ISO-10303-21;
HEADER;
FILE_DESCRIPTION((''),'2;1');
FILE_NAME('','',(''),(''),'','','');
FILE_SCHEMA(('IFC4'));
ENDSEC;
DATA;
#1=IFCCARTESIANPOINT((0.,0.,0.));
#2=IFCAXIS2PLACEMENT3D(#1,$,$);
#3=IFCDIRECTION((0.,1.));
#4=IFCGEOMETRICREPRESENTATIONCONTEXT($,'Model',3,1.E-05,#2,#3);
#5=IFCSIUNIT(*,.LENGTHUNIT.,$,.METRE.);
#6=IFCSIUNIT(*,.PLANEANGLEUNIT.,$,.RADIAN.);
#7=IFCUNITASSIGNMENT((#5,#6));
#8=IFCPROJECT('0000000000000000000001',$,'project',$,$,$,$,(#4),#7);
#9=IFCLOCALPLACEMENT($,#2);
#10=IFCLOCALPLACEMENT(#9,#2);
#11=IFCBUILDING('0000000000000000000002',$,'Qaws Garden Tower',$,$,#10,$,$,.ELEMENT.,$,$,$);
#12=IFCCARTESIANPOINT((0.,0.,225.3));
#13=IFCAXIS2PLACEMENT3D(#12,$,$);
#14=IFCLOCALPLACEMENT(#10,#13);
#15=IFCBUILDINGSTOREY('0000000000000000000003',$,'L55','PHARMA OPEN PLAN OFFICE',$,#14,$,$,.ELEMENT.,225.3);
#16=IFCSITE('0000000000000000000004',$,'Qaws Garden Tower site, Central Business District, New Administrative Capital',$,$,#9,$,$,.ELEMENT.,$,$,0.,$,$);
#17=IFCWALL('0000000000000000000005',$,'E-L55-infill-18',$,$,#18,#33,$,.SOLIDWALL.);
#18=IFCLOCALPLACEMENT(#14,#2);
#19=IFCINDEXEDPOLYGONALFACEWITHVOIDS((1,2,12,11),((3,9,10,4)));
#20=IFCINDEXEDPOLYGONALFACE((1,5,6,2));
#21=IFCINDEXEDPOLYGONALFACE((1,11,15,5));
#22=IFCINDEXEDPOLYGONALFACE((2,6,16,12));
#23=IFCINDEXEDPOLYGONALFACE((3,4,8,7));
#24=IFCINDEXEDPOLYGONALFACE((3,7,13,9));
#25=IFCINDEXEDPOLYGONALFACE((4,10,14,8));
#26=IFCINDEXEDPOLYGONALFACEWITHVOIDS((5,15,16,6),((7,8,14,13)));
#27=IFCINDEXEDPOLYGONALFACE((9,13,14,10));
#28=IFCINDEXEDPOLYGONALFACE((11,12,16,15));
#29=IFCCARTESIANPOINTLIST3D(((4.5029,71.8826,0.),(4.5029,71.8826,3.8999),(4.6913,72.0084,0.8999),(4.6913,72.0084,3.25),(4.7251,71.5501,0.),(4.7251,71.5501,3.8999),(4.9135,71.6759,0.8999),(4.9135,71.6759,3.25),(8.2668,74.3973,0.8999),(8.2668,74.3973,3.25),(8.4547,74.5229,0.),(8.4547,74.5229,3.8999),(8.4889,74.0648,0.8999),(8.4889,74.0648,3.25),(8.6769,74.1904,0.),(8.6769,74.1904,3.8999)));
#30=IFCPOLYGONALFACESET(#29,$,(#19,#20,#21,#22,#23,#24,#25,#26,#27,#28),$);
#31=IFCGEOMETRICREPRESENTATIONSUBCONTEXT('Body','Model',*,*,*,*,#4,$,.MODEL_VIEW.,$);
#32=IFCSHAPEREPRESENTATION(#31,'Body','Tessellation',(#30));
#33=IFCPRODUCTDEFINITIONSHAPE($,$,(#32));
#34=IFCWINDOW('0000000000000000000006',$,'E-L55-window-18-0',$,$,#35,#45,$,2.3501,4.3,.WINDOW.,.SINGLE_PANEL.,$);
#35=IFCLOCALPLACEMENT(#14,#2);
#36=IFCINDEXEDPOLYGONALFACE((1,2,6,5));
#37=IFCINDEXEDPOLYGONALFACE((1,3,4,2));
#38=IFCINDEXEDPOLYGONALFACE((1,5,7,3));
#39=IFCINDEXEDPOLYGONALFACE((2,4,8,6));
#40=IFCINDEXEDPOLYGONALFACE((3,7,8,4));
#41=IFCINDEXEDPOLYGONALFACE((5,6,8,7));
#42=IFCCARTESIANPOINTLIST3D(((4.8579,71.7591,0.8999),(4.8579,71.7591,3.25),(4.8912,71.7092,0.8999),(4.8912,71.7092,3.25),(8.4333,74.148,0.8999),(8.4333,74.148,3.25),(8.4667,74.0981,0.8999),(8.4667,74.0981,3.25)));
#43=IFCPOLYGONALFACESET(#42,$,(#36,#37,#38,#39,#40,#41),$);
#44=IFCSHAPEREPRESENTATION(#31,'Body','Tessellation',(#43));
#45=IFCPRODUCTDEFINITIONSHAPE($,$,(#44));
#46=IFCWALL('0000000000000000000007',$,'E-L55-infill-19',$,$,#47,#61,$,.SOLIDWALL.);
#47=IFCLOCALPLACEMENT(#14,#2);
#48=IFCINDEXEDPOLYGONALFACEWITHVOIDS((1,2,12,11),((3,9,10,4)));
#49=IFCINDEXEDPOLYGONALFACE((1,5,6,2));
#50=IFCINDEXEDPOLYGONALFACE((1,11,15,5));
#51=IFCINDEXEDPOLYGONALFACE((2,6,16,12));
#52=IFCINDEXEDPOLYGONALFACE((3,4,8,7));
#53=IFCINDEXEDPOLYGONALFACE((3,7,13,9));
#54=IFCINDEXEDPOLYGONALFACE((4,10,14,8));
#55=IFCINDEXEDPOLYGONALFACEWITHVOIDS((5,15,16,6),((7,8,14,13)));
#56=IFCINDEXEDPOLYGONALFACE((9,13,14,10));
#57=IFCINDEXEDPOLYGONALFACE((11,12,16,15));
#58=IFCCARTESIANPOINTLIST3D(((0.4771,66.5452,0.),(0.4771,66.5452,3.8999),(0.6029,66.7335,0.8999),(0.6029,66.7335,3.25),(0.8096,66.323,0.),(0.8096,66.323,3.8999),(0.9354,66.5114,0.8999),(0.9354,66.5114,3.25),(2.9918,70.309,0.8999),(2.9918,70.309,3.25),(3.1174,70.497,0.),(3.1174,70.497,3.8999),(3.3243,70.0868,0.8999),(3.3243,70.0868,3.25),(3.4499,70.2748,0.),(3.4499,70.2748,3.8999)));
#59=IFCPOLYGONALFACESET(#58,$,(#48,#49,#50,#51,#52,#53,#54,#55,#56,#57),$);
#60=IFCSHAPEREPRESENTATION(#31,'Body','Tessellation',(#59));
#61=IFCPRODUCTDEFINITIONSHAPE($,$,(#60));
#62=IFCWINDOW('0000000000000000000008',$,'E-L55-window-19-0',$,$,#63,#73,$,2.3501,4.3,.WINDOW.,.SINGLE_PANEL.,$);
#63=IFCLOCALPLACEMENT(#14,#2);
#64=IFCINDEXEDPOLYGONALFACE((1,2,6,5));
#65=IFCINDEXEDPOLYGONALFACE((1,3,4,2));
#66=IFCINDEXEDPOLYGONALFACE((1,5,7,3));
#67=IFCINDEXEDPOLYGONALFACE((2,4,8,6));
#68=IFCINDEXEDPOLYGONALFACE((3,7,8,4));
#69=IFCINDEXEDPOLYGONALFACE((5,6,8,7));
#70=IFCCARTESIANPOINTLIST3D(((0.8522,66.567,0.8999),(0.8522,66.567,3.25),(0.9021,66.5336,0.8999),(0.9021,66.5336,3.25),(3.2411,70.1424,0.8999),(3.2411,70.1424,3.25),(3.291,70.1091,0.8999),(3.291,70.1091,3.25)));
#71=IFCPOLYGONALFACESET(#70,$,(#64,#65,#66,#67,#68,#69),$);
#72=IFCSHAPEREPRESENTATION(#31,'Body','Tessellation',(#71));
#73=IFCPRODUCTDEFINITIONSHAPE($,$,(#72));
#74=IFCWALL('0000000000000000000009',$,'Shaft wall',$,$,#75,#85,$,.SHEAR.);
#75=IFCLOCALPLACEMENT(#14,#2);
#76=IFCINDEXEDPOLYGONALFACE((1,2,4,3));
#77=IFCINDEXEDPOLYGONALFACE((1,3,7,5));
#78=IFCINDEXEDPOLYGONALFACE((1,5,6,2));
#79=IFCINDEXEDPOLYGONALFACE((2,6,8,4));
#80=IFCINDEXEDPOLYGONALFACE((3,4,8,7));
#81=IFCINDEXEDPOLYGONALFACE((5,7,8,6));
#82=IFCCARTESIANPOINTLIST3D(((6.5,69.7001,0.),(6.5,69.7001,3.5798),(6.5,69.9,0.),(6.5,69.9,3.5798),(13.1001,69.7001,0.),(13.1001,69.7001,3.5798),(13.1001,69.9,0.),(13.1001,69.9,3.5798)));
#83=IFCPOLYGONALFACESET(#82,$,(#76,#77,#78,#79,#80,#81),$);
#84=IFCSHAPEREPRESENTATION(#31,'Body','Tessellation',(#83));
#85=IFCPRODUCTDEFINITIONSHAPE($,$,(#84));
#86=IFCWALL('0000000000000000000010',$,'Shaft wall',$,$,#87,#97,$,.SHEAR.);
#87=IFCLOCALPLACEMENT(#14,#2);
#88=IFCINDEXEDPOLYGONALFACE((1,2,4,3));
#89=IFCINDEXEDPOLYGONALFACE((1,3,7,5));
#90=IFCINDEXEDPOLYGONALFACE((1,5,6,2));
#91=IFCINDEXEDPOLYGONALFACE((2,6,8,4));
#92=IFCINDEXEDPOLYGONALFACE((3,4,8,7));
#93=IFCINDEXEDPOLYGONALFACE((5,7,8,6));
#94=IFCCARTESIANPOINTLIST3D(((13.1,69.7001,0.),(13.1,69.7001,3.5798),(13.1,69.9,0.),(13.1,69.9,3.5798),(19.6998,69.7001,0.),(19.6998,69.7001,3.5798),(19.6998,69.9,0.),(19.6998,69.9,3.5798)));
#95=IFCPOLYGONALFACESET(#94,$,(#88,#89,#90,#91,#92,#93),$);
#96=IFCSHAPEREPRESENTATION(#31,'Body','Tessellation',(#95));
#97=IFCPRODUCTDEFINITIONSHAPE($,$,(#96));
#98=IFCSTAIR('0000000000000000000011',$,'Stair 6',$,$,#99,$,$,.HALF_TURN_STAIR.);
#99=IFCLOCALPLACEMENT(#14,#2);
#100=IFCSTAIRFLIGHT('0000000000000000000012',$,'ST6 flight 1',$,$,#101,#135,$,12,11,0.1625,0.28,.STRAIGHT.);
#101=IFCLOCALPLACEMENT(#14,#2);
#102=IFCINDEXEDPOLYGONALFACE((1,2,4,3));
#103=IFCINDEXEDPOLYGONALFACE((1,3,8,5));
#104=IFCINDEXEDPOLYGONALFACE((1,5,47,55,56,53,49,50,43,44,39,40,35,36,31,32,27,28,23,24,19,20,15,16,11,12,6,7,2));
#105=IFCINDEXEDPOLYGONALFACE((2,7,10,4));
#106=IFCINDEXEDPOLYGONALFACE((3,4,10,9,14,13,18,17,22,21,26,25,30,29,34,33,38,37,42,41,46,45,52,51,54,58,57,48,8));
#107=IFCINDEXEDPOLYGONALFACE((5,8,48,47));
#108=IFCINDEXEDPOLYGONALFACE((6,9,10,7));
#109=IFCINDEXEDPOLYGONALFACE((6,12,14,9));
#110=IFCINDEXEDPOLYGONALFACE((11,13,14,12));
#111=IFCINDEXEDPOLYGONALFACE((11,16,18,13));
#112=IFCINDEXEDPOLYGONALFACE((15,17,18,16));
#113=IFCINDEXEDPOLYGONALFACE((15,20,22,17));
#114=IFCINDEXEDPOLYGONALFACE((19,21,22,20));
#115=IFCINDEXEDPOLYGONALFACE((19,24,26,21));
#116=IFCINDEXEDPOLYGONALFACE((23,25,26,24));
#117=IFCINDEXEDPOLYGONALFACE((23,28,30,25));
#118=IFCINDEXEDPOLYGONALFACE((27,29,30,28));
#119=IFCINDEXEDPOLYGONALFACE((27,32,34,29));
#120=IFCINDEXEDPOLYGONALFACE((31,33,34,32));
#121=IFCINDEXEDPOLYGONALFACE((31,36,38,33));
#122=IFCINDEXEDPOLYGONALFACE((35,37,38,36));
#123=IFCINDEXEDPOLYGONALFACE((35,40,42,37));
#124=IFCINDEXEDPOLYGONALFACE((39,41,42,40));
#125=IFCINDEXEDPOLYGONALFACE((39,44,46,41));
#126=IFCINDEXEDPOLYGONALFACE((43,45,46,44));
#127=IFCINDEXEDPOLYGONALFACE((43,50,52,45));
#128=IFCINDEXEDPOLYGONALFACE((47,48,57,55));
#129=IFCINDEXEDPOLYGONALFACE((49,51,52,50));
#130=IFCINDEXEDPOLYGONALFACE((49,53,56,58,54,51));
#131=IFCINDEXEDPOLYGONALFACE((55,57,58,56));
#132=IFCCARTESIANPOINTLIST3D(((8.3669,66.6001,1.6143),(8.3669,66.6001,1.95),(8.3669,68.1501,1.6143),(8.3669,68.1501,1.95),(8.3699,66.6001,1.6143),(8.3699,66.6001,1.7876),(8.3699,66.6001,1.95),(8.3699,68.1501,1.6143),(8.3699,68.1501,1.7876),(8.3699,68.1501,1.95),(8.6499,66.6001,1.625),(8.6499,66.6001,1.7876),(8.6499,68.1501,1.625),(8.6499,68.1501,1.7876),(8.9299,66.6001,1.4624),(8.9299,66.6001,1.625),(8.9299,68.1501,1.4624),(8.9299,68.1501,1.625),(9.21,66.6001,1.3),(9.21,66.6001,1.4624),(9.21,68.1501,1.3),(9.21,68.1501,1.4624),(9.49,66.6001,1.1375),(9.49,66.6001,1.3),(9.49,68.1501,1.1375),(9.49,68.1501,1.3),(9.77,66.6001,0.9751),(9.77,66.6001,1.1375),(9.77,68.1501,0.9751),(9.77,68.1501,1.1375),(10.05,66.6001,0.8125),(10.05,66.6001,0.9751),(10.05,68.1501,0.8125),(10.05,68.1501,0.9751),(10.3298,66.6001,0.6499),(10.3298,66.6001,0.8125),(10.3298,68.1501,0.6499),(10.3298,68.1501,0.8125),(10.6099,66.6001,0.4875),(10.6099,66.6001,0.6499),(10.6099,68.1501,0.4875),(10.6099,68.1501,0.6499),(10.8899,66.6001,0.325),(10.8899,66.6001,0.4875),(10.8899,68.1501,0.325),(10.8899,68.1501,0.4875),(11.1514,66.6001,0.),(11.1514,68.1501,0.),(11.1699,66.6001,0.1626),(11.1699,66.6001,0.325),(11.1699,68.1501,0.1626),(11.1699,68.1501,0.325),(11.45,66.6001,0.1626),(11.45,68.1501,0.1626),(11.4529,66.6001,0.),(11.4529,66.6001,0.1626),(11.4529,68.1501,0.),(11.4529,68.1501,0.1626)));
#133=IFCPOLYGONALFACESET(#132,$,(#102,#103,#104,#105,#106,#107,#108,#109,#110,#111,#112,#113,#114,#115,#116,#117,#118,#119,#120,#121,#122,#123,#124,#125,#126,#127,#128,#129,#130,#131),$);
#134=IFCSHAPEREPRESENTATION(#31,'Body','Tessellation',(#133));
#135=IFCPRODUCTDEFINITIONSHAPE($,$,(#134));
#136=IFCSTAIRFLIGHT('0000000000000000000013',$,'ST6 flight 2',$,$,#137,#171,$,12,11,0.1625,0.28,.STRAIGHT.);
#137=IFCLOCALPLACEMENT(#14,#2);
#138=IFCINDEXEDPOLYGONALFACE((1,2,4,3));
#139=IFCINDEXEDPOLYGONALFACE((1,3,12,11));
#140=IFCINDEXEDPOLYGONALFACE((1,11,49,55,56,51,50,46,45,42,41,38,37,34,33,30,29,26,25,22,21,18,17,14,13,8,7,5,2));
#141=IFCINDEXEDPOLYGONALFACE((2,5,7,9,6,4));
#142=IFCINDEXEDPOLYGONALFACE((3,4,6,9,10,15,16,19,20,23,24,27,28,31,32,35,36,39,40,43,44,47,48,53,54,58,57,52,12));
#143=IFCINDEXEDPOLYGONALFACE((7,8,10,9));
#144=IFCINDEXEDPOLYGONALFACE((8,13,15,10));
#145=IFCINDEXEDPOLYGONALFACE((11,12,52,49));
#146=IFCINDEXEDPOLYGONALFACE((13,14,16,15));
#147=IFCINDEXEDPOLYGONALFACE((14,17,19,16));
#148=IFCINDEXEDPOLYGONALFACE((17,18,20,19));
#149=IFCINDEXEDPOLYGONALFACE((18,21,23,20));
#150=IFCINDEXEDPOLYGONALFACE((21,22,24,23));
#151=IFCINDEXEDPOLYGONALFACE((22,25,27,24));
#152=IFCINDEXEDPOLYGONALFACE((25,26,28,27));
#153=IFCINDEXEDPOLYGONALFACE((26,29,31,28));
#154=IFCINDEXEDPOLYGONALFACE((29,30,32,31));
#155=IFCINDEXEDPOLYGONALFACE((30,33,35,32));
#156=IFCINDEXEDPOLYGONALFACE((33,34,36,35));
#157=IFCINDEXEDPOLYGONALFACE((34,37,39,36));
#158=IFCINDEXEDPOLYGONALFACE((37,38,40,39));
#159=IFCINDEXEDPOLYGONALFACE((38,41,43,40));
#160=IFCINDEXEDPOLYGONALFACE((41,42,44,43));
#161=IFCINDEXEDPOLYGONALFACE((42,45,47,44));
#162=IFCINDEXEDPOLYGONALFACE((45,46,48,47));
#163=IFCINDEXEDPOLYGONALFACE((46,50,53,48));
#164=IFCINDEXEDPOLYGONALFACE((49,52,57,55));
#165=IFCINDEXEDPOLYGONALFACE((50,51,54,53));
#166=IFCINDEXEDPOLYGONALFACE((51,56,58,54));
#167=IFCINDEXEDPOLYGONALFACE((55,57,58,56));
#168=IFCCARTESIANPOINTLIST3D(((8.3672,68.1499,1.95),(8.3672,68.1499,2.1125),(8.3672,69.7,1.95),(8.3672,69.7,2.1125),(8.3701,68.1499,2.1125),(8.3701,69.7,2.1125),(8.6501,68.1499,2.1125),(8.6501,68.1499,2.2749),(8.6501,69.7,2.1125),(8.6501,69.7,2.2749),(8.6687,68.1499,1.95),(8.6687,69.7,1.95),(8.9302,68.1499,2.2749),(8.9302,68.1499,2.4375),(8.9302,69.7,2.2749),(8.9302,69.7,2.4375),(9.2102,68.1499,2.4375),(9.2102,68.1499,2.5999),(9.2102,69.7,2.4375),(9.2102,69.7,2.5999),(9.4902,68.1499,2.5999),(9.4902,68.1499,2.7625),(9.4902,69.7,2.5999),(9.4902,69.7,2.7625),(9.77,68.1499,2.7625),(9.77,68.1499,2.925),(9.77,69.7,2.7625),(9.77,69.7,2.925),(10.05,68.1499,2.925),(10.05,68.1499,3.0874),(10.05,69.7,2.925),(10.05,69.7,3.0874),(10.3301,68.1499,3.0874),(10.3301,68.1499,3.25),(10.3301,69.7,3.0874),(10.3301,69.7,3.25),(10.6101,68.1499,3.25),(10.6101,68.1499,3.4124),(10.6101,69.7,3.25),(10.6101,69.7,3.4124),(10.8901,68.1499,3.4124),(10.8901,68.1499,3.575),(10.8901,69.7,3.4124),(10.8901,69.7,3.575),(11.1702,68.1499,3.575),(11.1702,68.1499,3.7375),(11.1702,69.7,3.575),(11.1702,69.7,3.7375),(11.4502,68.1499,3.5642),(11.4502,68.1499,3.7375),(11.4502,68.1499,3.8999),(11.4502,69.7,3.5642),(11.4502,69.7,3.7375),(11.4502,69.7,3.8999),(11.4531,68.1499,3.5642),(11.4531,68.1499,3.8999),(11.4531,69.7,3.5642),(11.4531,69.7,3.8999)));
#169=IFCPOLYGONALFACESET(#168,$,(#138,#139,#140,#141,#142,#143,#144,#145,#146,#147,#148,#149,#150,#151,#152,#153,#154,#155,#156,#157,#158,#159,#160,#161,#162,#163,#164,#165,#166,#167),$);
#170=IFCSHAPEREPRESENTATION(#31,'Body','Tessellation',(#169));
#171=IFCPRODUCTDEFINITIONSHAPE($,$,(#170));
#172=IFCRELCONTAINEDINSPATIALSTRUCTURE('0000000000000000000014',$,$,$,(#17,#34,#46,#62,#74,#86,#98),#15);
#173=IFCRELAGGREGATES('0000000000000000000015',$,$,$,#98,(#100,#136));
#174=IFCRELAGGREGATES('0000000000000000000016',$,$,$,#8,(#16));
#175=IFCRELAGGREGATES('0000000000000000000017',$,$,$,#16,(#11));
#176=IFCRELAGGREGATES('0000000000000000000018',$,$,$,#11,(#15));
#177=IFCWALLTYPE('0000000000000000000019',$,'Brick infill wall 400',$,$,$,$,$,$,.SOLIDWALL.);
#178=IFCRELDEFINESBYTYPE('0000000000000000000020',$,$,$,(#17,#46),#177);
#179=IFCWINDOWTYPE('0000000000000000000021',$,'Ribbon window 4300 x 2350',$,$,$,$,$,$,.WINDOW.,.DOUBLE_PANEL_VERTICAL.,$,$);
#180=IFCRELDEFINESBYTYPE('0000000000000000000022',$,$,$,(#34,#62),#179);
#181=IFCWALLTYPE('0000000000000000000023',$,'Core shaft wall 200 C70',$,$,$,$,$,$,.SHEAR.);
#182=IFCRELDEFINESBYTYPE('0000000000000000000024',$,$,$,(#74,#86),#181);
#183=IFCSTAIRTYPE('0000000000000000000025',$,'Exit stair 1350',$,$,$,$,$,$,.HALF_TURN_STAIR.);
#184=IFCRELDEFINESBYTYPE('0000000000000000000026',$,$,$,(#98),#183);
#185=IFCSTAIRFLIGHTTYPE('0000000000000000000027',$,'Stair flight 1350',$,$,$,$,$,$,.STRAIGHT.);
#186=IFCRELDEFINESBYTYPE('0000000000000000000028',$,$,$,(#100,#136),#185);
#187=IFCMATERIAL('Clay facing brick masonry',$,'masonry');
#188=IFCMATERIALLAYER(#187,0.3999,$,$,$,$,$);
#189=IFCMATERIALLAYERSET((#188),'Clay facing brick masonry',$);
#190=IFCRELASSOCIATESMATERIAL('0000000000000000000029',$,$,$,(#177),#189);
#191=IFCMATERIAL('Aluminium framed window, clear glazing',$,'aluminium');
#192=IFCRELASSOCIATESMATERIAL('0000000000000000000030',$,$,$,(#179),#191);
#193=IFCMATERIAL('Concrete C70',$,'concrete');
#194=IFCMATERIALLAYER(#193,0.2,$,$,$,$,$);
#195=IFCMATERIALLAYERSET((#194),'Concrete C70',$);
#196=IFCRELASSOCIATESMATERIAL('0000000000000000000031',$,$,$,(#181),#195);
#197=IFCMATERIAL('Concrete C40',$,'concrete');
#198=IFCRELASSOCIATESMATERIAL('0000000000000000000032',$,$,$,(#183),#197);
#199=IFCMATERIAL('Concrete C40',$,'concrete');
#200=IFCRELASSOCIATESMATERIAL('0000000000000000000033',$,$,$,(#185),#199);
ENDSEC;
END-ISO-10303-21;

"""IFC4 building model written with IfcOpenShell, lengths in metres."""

from ifc_helpers import new_model, si_unit, direction, frame, frame_2d, origin, place, context, subcontext, project, spatial, polyline, rectangle, outline, extrude, material, layer, layer_set, type_object, element, fill, aggregate, save


model = new_model("IFC4")

# Units and contexts
model_context = context("Model", 3, precision=1e-05, world=origin(), true_north=direction((0.0, 1.0)))
body_context = subcontext(model_context, "Body", "Model", "MODEL_VIEW")
ifc_project = project(units=[si_unit("LENGTHUNIT", "METRE"), si_unit("PLANEANGLEUNIT", "RADIAN")], contexts=[model_context])

# Site, building, storey
site_placement = place(None, origin())
site = spatial("IfcSite", under=ifc_project, at=site_placement, Name="Qaws Garden Tower site, Central Business District, New Administrative Capital", CompositionType="ELEMENT", RefElevation=0.0)
building_placement = place(site_placement, origin())
building = spatial("IfcBuilding", under=site, at=building_placement, Name="Qaws Garden Tower", CompositionType="ELEMENT")
storey_placement = place(building_placement, frame((0.0, 0.0, 225.3)))
storey = spatial("IfcBuildingStorey", under=building, at=storey_placement, Name="L55", Description="PHARMA OPEN PLAN OFFICE", CompositionType="ELEMENT", Elevation=225.3)

# Walls, openings, windows
ifc_material_1 = material(Name="Clay facing brick masonry", Category="masonry")
ifc_layer_1 = layer(ifc_material_1, 0.3999)
ifc_layer_set_1 = layer_set([ifc_layer_1], Name="Clay facing brick masonry")
wall_type_1 = type_object("IfcWallType", Name="Brick infill wall 400", PredefinedType="SOLIDWALL", material=ifc_layer_set_1)
ifc_material_2 = material(Name="Aluminium framed window, clear glazing", Category="aluminium")
window_type = type_object("IfcWindowType", Name="Ribbon window 4300 x 2350", PartitioningType="DOUBLE_PANEL_VERTICAL", PredefinedType="WINDOW", material=ifc_material_2)
wall_1_placement = place(storey_placement, frame((8.5659, 74.3567, 0.0), z_axis=(0.0, 0.0, 1.0), x_axis=(-0.831489, -0.555542, 0.0)))
wall_1 = element("IfcWall", 1, at=wall_1_placement, inside=storey, type_object=wall_type_1, Name="E-L55-infill-18", PredefinedType="SOLIDWALL", context=body_context, shape_type="SweptSolid", body=[
    extrude(rectangle(XDim=4.7527, YDim=0.3999, at=frame_2d((2.3765, 0.0))), origin(), (0.0, 0.0, 1.0), 3.8999),
])
opening_1_placement = place(wall_1_placement, frame((0.2263, 0.0, 0.8999)))
opening_1 = element("IfcOpeningElement", 2, at=opening_1_placement, cuts=wall_1, PredefinedType="OPENING", context=body_context, shape_type="SweptSolid", body=[
    extrude(rectangle(XDim=4.3, YDim=2.3501, at=frame_2d((2.1499, 1.175))), frame((0.0, 0.21, 0.0), z_axis=(0.0, -1.0, 0.0), x_axis=(1.0, 0.0, 0.0)), (0.0, 0.0, 1.0), 0.4199),
])
window_1_placement = place(opening_1_placement, origin())
window_1 = element("IfcWindow", 3, at=window_1_placement, inside=storey, type_object=window_type, Name="E-L55-window-18-0", OverallHeight=2.3501, OverallWidth=4.3, PartitioningType="SINGLE_PANEL", PredefinedType="WINDOW", context=body_context, shape_type="SweptSolid", body=[
    extrude(rectangle(XDim=4.3, YDim=2.3501, at=frame_2d((2.1499, 1.175))), frame((0.0, 0.1599, 0.0), z_axis=(0.0, -1.0, 0.0), x_axis=(1.0, 0.0, 0.0)), (0.0, 0.0, 1.0), 0.0601),
])
fill(opening_1, window_1)
wall_2_placement = place(storey_placement, frame((3.2837, 70.386, 0.0), z_axis=(0.0, 0.0, 1.0), x_axis=(-0.555542, -0.831489, 0.0)))
wall_2 = element("IfcWall", 4, at=wall_2_placement, inside=storey, type_object=wall_type_1, Name="E-L55-infill-19", PredefinedType="SOLIDWALL", context=body_context, shape_type="SweptSolid", body=[
    extrude(rectangle(XDim=4.7527, YDim=0.3999, at=frame_2d((2.3765, 0.0))), origin(), (0.0, 0.0, 1.0), 3.8999),
])
opening_2_placement = place(wall_2_placement, frame((0.2263, 0.0, 0.8999)))
opening_2 = element("IfcOpeningElement", 5, at=opening_2_placement, cuts=wall_2, PredefinedType="OPENING", context=body_context, shape_type="SweptSolid", body=[
    extrude(rectangle(XDim=4.3, YDim=2.3501, at=frame_2d((2.1499, 1.175))), frame((0.0, 0.21, 0.0), z_axis=(0.0, -1.0, 0.0), x_axis=(1.0, 0.0, 0.0)), (0.0, 0.0, 1.0), 0.4199),
])
window_2_placement = place(opening_2_placement, origin())
window_2 = element("IfcWindow", 6, at=window_2_placement, inside=storey, type_object=window_type, Name="E-L55-window-19-0", OverallHeight=2.3501, OverallWidth=4.3, PartitioningType="SINGLE_PANEL", PredefinedType="WINDOW", context=body_context, shape_type="SweptSolid", body=[
    extrude(rectangle(XDim=4.3, YDim=2.3501, at=frame_2d((2.1499, 1.175))), frame((0.0, 0.1599, 0.0), z_axis=(0.0, -1.0, 0.0), x_axis=(1.0, 0.0, 0.0)), (0.0, 0.0, 1.0), 0.0601),
])
fill(opening_2, window_2)

# Walls
ifc_material_3 = material(Name="Concrete C70", Category="concrete")
ifc_layer_2 = layer(ifc_material_3, 0.2)
ifc_layer_set_2 = layer_set([ifc_layer_2], Name="Concrete C70")
wall_type_2 = type_object("IfcWallType", Name="Core shaft wall 200 C70", PredefinedType="SHEAR", material=ifc_layer_set_2)
wall_3_placement = place(storey_placement, frame((6.5, 69.8, 0.0), z_axis=(0.0, 0.0, 1.0), x_axis=(1.0, 0.0, 0.0)))
element("IfcWall", 7, at=wall_3_placement, inside=storey, type_object=wall_type_2, Name="Shaft wall", PredefinedType="SHEAR", context=body_context, shape_type="SweptSolid", body=[
    extrude(rectangle(XDim=6.6001, YDim=0.2, at=frame_2d((3.3, 0.0))), origin(), (0.0, 0.0, 1.0), 3.5798),
])
wall_4_placement = place(storey_placement, frame((13.1001, 69.8, 0.0), z_axis=(0.0, 0.0, 1.0), x_axis=(1.0, 0.0, 0.0)))
element("IfcWall", 8, at=wall_4_placement, inside=storey, type_object=wall_type_2, Name="Shaft wall", PredefinedType="SHEAR", context=body_context, shape_type="SweptSolid", body=[
    extrude(rectangle(XDim=6.5999, YDim=0.2, at=frame_2d((3.2998, 0.0))), origin(), (0.0, 0.0, 1.0), 3.5798),
])

# Stair, stair flights
ifc_material_4 = material(Name="Concrete C40", Category="concrete")
stair_type = type_object("IfcStairType", Name="Exit stair 1350", PredefinedType="HALF_TURN_STAIR", material=ifc_material_4)
placement = place(storey_placement, origin())
stair_1 = element("IfcStair", 9, at=placement, inside=storey, type_object=stair_type, Name="Stair 6", PredefinedType="HALF_TURN_STAIR")
ifc_material_5 = material(Name="Concrete C40", Category="concrete")
stair_flight_type = type_object("IfcStairFlightType", Name="Stair flight 1350", PredefinedType="STRAIGHT", material=ifc_material_5)
stair_flight_1_placement = place(storey_placement, frame((11.45, 67.375, 0.0), z_axis=(0.0, 0.0, 1.0), x_axis=(-1.0, 0.0, 0.0)))
stair_flight_1 = element("IfcStairFlight", 10, at=stair_flight_1_placement, type_object=stair_flight_type, Name="ST6 flight 1", NumberOfRisers=12, NumberOfTreads=11, PredefinedType="STRAIGHT", RiserHeight=0.1625, TreadLength=0.28, context=body_context, shape_type="SweptSolid", body=[
    extrude(outline(polyline([(-0.0029, 0.0), (-0.0029, 0.1626), (0.0, 0.1626), (0.28, 0.1626), (0.28, 0.325), (0.5601, 0.325), (0.5601, 0.4875), (0.8401, 0.4875), (0.8401, 0.6499), (1.1201, 0.6499), (1.1201, 0.8125), (1.3999, 0.8125), (1.3999, 0.9751), (1.6799, 0.9751), (1.6799, 1.1375), (1.96, 1.1375), (1.96, 1.3), (2.24, 1.3), (2.24, 1.4624), (2.52, 1.4624), (2.52, 1.625), (2.8, 1.625), (2.8, 1.7876), (3.0801, 1.7876), (3.0801, 1.95), (3.083, 1.95), (3.083, 1.6143), (3.0801, 1.6143), (0.2986, 0.0), (-0.0029, 0.0)])), frame((0.0, 0.7749, 0.0), z_axis=(0.0, -1.0, 0.0), x_axis=(1.0, 0.0, 0.0)), (0.0, 0.0, 1.0), 1.55),
])
stair_flight_2_placement = place(storey_placement, frame((8.3701, 68.925, 1.95), z_axis=(0.0, 0.0, 1.0), x_axis=(1.0, 0.0, 0.0)))
stair_flight_2 = element("IfcStairFlight", 11, at=stair_flight_2_placement, type_object=stair_flight_type, Name="ST6 flight 2", NumberOfRisers=12, NumberOfTreads=11, PredefinedType="STRAIGHT", RiserHeight=0.1625, TreadLength=0.28, context=body_context, shape_type="SweptSolid", body=[
    extrude(outline(polyline([(-0.0029, 0.0), (-0.0029, 0.1626), (0.0, 0.1626), (0.28, 0.1626), (0.28, 0.325), (0.5601, 0.325), (0.5601, 0.4875), (0.8401, 0.4875), (0.8401, 0.6499), (1.1201, 0.6499), (1.1201, 0.8125), (1.3999, 0.8125), (1.3999, 0.9751), (1.6799, 0.9751), (1.6799, 1.1375), (1.96, 1.1375), (1.96, 1.3), (2.24, 1.3), (2.24, 1.4624), (2.52, 1.4624), (2.52, 1.625), (2.8, 1.625), (2.8, 1.7876), (3.0801, 1.7876), (3.0801, 1.95), (3.083, 1.95), (3.083, 1.6143), (3.0801, 1.6143), (0.2986, 0.0), (-0.0029, 0.0)])), frame((0.0, 0.7749, 0.0), z_axis=(0.0, -1.0, 0.0), x_axis=(1.0, 0.0, 0.0)), (0.0, 0.0, 1.0), 1.55),
])
aggregate(stair_1, [stair_flight_1, stair_flight_2])

save(model, "model.ifc")
